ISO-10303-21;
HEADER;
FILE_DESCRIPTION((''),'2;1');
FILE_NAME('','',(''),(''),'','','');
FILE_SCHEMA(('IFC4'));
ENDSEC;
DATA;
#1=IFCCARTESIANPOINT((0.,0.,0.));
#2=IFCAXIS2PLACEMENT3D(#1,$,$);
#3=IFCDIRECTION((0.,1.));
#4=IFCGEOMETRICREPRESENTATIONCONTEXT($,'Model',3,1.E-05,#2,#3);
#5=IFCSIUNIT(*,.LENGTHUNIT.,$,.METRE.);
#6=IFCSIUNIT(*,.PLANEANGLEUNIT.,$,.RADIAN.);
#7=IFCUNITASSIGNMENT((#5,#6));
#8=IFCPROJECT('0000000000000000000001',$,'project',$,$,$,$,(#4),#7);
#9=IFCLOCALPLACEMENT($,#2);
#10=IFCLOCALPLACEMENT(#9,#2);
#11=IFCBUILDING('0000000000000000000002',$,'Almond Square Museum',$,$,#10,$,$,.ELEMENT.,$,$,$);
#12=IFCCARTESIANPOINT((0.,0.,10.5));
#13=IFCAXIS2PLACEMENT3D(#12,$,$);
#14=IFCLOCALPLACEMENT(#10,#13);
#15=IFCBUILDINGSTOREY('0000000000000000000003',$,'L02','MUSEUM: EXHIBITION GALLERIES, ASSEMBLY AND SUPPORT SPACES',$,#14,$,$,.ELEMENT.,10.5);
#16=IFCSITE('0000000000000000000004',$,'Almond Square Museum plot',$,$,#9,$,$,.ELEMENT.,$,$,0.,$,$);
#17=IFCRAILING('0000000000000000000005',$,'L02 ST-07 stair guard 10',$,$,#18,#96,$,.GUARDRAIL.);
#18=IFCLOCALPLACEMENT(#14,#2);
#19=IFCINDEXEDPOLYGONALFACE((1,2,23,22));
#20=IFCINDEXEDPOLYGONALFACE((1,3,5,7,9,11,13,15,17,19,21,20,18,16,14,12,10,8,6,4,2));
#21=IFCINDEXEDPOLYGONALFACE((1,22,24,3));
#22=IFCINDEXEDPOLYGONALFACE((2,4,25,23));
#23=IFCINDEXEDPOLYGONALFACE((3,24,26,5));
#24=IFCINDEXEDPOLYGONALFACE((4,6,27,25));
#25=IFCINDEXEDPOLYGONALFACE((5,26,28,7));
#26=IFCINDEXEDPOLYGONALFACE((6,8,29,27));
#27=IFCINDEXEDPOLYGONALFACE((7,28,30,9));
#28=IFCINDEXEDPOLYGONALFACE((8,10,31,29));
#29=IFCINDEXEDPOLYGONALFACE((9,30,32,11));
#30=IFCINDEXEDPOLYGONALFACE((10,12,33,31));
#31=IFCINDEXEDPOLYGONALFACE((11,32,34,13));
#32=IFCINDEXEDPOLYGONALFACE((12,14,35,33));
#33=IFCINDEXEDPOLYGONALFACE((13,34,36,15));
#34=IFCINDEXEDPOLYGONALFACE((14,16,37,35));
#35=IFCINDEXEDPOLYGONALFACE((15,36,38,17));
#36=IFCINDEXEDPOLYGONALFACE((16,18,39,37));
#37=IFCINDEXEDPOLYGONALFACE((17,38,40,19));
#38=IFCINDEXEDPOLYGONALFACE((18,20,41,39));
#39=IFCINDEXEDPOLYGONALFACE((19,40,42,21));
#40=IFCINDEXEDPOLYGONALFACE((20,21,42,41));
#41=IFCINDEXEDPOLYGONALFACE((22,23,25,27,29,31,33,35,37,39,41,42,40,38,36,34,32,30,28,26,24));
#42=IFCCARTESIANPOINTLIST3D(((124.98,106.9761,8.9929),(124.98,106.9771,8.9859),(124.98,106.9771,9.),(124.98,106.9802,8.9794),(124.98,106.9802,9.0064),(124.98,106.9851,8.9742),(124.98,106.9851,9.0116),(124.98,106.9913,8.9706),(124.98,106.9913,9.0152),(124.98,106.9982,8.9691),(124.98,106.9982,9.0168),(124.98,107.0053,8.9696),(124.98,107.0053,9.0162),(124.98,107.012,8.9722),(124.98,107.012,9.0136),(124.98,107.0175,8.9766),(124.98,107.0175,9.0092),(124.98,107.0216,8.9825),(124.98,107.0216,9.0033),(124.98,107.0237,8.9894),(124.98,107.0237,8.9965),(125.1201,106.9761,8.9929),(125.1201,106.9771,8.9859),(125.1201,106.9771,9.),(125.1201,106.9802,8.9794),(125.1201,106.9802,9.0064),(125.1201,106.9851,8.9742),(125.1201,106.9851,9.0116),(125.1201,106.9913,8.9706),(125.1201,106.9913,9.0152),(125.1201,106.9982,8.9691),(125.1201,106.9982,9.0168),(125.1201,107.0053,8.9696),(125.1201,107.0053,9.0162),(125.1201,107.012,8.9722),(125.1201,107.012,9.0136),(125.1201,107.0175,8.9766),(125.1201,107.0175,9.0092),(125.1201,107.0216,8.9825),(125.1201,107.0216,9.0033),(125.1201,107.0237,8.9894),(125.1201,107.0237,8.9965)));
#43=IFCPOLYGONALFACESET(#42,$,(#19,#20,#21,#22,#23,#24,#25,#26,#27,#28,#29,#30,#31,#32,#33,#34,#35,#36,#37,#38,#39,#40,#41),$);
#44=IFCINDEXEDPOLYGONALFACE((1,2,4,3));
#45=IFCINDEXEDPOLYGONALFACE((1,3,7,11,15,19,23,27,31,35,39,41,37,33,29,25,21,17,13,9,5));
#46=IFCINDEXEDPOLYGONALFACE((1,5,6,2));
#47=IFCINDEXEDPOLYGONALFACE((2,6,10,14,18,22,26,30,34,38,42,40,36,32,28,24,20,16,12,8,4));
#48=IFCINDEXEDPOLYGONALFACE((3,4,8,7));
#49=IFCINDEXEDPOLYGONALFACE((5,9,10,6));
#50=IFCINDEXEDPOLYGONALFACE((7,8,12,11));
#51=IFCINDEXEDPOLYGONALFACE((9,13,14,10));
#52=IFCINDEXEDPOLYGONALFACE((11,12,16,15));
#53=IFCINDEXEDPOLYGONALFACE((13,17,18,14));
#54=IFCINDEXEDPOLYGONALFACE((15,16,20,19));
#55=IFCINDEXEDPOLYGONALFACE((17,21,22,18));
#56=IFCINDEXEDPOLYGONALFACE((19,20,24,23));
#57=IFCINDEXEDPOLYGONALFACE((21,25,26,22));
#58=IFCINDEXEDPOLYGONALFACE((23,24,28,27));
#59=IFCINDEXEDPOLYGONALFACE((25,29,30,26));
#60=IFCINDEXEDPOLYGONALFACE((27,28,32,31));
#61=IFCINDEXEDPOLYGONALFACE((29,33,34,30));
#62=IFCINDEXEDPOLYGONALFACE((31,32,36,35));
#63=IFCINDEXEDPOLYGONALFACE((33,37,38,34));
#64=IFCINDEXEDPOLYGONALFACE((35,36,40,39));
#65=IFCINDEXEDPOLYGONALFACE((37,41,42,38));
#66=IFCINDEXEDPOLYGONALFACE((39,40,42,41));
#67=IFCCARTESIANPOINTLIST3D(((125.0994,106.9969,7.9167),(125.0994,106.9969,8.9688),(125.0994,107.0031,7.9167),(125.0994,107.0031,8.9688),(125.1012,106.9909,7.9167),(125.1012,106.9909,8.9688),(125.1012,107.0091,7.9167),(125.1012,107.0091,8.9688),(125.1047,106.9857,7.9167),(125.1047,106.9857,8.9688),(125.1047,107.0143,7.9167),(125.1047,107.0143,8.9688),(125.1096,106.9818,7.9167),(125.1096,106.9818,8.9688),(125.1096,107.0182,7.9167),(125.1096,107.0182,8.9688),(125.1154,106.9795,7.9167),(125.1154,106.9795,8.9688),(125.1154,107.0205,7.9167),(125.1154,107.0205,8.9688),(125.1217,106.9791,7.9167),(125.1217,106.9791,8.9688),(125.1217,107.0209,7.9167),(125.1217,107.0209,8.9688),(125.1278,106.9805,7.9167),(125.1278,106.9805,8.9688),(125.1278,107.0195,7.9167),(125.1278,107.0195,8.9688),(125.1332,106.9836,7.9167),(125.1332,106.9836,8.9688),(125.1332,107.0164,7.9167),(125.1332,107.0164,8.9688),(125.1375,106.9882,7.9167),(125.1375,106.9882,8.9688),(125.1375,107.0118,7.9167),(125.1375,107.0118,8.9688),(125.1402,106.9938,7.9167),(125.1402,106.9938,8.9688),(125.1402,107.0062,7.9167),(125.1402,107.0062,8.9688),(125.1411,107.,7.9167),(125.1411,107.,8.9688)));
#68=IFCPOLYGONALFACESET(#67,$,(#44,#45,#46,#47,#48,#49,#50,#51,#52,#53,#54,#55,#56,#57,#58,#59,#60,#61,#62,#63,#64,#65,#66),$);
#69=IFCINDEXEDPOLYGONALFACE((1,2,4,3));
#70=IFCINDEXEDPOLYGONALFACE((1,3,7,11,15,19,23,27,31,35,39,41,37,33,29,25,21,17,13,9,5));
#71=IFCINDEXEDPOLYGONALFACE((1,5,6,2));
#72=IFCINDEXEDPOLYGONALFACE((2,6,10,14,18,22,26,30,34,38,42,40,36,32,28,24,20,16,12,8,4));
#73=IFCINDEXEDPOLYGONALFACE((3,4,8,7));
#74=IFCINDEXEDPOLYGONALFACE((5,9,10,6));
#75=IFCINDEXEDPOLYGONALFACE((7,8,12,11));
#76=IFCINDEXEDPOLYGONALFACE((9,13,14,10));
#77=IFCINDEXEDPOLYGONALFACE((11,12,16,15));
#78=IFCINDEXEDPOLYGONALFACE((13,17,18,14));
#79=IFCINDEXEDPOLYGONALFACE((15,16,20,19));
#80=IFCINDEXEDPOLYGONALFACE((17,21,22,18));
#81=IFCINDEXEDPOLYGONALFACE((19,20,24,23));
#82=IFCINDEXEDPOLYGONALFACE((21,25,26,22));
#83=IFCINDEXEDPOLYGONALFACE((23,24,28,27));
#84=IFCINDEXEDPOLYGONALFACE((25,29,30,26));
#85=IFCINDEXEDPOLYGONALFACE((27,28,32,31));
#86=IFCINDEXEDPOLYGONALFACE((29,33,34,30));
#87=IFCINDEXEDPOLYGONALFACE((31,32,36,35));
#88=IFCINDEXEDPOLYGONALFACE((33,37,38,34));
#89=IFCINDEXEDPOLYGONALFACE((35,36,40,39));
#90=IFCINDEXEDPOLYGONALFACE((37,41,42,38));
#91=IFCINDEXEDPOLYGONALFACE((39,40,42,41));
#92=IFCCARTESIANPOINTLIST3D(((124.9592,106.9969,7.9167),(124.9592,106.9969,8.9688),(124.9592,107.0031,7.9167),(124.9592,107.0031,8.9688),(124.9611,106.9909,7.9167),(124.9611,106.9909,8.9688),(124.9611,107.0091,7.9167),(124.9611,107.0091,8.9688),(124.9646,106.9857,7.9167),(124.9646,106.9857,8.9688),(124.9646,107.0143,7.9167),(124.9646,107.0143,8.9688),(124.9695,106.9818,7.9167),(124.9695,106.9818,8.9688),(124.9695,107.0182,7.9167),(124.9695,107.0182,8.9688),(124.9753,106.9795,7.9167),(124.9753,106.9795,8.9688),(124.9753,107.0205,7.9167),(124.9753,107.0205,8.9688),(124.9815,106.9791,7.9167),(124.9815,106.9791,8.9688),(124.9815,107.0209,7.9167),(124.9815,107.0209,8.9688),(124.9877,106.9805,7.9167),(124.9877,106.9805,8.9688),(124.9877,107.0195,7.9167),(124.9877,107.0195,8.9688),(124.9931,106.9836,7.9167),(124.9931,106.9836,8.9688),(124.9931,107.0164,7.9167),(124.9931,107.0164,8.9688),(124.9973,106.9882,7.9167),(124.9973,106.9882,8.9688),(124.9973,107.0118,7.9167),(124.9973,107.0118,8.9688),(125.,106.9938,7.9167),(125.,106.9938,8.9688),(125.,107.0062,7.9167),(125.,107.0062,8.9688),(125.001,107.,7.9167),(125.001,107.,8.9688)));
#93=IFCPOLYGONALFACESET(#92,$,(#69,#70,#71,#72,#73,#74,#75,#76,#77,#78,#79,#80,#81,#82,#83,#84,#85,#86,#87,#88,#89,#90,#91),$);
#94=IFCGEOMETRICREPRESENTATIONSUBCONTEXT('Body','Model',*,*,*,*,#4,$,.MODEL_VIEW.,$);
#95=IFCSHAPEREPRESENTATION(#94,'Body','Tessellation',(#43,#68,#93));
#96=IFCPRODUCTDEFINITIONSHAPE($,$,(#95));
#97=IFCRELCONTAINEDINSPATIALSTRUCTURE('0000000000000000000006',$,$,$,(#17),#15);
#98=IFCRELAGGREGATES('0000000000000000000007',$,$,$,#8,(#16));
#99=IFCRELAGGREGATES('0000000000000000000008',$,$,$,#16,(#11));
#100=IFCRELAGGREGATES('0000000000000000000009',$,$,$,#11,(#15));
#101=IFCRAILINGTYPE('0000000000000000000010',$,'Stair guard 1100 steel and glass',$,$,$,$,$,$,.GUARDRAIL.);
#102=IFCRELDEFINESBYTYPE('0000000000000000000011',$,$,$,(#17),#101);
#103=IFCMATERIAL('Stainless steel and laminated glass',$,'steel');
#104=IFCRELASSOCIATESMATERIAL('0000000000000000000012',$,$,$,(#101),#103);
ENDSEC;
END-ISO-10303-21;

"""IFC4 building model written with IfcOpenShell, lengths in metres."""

from ifc_helpers import new_model, si_unit, direction, frame, origin, origin_2d, place, context, subcontext, project, spatial, circle, extrude, material, type_object, element, save


model = new_model("IFC4")

# Units and contexts
model_context = context("Model", 3, precision=1e-05, world=origin(), true_north=direction((0.0, 1.0)))
body_context = subcontext(model_context, "Body", "Model", "MODEL_VIEW")
ifc_project = project(units=[si_unit("LENGTHUNIT", "METRE"), si_unit("PLANEANGLEUNIT", "RADIAN")], contexts=[model_context])

# Site, building, storey
site_placement = place(None, origin())
site = spatial("IfcSite", under=ifc_project, at=site_placement, Name="Almond Square Museum plot", CompositionType="ELEMENT", RefElevation=0.0)
building_placement = place(site_placement, origin())
building = spatial("IfcBuilding", under=site, at=building_placement, Name="Almond Square Museum", CompositionType="ELEMENT")
storey_placement = place(building_placement, frame((0.0, 0.0, 10.5)))
storey = spatial("IfcBuildingStorey", under=building, at=storey_placement, Name="L02", Description="MUSEUM: EXHIBITION GALLERIES, ASSEMBLY AND SUPPORT SPACES", CompositionType="ELEMENT", Elevation=10.5)

# Railing
ifc_material_1 = material(Name="Stainless steel and laminated glass", Category="steel")
railing_type_1 = type_object("IfcRailingType", Name="Stair guard 1100 steel and glass", PredefinedType="GUARDRAIL", material=ifc_material_1)
railing_1_placement = place(storey_placement, frame((125.1201, 107.0, 7.9167)))
element("IfcRailing", 1, at=railing_1_placement, inside=storey, type_object=railing_type_1, Name="L02 ST-07 stair guard 10", PredefinedType="GUARDRAIL", context=body_context, shape_type="SweptSolid", body=[
    extrude(circle(Radius=0.0239, at=origin_2d()), frame((0.0, 0.0, 1.0762), z_axis=(-1.0, 0.0, 0.0), x_axis=(0.0, -1.0, 0.0)), (0.0, 0.0, 1.0), 0.1401),
    extrude(circle(Radius=0.021, at=origin_2d()), origin(), (0.0, 0.0, 1.0), 1.052),
    extrude(circle(Radius=0.021, at=origin_2d()), frame((-0.1401, 0.0, 0.0)), (0.0, 0.0, 1.0), 1.052),
])

save(model, "model.ifc")
